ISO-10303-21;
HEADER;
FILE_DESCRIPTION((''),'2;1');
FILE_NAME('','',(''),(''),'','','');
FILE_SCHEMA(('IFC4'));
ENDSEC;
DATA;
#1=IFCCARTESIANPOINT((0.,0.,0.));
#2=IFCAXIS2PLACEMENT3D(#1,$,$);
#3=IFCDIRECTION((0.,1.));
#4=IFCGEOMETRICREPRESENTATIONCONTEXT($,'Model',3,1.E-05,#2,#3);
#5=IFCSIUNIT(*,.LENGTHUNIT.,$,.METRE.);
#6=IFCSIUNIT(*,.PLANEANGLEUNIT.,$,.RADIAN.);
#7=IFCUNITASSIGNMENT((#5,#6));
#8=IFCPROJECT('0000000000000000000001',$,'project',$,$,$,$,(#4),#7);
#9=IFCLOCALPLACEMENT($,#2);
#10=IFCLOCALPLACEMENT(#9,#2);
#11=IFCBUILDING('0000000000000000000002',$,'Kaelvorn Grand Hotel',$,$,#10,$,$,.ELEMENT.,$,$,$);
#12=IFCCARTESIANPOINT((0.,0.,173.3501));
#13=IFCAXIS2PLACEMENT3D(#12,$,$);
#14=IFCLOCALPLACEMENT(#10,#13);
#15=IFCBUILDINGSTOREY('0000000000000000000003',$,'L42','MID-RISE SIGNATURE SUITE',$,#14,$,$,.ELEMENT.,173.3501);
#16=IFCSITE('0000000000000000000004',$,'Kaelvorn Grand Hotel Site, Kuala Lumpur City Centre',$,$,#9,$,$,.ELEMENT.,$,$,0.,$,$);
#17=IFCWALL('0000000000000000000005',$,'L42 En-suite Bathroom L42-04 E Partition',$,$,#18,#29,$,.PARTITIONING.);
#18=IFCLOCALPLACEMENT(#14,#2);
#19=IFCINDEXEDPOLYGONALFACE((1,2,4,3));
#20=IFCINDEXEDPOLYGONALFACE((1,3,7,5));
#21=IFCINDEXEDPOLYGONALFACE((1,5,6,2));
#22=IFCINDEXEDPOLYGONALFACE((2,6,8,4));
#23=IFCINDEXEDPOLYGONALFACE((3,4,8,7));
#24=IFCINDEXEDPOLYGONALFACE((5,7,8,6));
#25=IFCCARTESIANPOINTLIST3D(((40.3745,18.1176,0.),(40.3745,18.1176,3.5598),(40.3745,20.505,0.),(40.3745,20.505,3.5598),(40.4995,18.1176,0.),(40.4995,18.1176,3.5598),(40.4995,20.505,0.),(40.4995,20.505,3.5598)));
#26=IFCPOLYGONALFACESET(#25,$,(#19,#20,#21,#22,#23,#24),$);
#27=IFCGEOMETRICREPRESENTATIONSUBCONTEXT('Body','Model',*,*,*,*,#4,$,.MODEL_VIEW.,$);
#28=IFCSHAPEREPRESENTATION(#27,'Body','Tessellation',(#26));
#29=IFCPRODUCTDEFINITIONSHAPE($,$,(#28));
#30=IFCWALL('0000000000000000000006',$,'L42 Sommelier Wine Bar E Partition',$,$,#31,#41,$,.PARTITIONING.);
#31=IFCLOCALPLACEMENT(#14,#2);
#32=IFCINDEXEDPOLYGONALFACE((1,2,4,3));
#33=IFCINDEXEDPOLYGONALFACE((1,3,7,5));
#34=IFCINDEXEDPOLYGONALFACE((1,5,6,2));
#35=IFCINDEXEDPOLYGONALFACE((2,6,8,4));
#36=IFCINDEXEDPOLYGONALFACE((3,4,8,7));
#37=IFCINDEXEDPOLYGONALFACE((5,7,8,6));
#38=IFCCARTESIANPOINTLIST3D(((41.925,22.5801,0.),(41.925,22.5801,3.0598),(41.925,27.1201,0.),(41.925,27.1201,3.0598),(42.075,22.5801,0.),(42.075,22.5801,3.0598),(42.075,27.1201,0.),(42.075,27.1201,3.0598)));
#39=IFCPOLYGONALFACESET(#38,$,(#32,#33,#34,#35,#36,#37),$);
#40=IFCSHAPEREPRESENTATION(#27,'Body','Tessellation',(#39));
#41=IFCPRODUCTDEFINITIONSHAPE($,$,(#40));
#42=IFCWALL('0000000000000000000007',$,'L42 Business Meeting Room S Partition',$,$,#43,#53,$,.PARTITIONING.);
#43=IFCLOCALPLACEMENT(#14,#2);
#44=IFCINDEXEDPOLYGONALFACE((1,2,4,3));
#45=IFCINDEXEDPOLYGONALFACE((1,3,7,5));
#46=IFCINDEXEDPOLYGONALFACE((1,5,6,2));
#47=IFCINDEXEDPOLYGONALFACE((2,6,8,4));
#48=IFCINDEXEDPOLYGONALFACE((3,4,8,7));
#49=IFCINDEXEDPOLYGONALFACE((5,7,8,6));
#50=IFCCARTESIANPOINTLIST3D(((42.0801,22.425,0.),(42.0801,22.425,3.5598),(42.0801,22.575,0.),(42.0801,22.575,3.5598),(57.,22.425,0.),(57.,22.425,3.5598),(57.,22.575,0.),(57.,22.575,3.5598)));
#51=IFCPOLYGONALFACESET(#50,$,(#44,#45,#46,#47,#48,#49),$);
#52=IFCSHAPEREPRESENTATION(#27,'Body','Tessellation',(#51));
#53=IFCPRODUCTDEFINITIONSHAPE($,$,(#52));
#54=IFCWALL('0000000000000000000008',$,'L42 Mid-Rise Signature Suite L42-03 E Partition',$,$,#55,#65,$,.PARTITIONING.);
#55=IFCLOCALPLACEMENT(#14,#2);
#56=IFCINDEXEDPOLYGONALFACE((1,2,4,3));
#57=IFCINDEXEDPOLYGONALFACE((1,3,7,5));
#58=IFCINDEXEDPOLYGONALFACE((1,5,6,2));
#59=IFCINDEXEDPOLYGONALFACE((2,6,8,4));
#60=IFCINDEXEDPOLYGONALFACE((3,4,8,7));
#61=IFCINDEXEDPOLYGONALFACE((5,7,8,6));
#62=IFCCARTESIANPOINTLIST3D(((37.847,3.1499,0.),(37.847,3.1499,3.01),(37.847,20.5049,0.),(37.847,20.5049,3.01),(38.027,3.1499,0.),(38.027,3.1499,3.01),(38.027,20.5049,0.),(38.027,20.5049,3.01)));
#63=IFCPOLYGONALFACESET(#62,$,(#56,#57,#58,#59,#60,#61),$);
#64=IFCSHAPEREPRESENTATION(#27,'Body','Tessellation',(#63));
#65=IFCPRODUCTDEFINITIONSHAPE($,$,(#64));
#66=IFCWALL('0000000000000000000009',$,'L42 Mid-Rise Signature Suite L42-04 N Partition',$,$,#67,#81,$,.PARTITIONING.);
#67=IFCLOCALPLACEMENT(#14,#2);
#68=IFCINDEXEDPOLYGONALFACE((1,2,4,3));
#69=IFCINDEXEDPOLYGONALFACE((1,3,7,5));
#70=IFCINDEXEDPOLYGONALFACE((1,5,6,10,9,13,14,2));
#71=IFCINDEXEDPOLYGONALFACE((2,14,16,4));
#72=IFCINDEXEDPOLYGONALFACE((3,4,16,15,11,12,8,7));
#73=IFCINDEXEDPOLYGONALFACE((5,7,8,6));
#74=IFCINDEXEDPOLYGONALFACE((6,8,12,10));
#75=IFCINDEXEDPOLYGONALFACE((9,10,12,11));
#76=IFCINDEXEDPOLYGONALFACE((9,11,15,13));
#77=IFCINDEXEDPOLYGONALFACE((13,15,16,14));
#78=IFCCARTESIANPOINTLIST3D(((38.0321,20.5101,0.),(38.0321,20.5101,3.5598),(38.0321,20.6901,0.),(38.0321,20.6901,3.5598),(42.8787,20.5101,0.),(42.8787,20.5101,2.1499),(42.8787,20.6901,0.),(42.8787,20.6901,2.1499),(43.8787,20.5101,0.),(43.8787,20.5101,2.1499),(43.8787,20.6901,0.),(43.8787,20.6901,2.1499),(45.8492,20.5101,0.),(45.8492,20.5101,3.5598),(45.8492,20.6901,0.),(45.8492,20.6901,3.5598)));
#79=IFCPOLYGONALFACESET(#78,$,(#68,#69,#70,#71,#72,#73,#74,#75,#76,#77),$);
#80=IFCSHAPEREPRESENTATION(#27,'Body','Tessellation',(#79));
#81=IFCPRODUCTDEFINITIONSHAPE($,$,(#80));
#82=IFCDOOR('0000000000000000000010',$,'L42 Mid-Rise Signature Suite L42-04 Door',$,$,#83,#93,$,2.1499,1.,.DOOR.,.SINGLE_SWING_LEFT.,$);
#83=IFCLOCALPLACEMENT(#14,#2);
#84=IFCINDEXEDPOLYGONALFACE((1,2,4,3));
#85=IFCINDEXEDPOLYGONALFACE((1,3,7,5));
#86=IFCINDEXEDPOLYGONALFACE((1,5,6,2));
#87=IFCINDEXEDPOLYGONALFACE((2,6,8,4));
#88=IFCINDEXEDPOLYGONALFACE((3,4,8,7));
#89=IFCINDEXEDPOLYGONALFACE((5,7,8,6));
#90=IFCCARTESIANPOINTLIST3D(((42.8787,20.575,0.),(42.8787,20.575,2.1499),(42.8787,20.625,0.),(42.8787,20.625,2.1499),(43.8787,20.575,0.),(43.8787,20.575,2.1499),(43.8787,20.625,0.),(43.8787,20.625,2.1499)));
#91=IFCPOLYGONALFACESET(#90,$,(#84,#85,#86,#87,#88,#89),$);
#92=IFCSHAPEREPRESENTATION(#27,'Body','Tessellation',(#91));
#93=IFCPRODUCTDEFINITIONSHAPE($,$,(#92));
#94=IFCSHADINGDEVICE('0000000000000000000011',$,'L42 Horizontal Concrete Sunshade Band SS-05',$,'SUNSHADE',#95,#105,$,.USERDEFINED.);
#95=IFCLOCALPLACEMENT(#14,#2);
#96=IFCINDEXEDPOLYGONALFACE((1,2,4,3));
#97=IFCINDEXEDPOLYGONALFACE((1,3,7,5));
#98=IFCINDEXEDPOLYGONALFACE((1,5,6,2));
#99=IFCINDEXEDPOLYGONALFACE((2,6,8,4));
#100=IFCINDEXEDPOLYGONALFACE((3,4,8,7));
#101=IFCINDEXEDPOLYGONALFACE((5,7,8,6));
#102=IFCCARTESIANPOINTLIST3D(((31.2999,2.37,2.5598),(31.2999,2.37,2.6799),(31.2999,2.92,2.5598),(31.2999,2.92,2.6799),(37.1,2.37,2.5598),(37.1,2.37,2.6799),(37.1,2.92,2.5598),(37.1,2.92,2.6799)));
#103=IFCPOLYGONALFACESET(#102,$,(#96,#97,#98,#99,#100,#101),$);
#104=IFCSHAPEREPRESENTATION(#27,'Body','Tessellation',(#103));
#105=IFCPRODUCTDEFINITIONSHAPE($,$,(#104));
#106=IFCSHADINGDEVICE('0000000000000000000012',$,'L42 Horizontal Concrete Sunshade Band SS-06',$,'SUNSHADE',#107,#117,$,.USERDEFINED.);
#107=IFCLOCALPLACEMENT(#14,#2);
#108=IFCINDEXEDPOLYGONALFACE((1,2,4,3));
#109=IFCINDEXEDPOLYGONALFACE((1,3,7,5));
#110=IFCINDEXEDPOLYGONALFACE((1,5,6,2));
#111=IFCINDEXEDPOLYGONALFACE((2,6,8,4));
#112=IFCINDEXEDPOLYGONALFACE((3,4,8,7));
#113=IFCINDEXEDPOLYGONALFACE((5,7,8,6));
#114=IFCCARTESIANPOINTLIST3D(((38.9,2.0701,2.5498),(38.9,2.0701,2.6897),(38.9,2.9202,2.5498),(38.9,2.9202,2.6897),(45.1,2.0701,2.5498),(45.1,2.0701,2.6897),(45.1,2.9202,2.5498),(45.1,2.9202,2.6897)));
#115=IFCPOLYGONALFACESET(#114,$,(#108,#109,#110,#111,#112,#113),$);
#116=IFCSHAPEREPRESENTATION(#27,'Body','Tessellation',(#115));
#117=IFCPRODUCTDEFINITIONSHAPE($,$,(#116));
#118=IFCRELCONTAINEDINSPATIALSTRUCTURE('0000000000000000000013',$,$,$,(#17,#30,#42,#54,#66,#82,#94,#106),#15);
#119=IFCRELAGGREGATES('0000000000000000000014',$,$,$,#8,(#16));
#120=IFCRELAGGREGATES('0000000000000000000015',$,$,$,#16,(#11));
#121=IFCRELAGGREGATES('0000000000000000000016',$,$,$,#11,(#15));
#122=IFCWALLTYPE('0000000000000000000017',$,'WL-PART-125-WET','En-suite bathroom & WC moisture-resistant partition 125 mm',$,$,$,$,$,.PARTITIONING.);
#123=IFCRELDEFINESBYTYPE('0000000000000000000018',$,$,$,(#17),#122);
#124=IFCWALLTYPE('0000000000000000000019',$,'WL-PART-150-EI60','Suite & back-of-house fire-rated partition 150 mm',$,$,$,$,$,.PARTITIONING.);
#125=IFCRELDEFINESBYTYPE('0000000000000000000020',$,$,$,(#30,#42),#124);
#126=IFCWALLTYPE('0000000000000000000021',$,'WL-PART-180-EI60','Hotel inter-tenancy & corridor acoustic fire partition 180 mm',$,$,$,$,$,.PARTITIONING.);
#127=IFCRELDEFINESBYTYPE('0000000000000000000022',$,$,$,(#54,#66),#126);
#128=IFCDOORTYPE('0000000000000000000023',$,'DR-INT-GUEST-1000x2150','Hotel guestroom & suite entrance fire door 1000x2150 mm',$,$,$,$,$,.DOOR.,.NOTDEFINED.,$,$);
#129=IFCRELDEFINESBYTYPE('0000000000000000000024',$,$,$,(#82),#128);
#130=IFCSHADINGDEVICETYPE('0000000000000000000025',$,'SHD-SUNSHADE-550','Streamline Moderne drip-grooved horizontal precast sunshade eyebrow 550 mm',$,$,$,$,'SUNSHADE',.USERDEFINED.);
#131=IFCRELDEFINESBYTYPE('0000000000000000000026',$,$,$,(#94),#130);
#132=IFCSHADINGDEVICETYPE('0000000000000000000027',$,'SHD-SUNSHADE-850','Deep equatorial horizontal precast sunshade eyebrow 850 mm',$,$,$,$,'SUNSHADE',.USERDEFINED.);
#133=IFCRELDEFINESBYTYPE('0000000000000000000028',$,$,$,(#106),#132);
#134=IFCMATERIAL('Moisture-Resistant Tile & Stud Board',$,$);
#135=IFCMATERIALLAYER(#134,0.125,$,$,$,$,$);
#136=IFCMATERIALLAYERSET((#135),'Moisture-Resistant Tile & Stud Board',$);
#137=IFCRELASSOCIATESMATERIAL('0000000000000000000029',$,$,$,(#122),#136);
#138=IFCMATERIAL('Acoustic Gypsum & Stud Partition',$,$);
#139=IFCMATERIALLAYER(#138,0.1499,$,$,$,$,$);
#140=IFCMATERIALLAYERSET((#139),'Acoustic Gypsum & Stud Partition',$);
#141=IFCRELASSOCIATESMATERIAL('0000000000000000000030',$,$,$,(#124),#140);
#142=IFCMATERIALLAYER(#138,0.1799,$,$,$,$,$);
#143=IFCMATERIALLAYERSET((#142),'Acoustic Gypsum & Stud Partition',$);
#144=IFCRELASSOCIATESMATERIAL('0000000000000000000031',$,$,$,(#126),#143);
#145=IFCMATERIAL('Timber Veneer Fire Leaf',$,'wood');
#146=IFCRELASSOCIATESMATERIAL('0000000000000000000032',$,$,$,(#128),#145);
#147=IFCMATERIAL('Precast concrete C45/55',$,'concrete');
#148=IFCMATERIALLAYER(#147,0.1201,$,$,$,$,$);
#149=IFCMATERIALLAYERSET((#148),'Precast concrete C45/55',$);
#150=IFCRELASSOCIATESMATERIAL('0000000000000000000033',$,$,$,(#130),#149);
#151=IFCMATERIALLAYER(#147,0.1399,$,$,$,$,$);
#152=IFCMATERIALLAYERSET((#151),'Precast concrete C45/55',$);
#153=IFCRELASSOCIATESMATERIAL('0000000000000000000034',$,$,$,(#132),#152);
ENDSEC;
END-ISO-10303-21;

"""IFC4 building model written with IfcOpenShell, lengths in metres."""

from ifc_helpers import new_model, si_unit, direction, frame, frame_2d, origin, origin_2d, place, context, subcontext, project, spatial, rectangle, extrude, material, layer, layer_set, type_object, element, fill, save


model = new_model("IFC4")

# Units and contexts
model_context = context("Model", 3, precision=1e-05, world=origin(), true_north=direction((0.0, 1.0)))
body_context = subcontext(model_context, "Body", "Model", "MODEL_VIEW")
ifc_project = project(units=[si_unit("LENGTHUNIT", "METRE"), si_unit("PLANEANGLEUNIT", "RADIAN")], contexts=[model_context])

# Site, building, storey
site_placement = place(None, origin())
site = spatial("IfcSite", under=ifc_project, at=site_placement, Name="Kaelvorn Grand Hotel Site, Kuala Lumpur City Centre", CompositionType="ELEMENT", RefElevation=0.0)
building_placement = place(site_placement, origin())
building = spatial("IfcBuilding", under=site, at=building_placement, Name="Kaelvorn Grand Hotel", CompositionType="ELEMENT")
storey_placement = place(building_placement, frame((0.0, 0.0, 173.3501)))
storey = spatial("IfcBuildingStorey", under=building, at=storey_placement, Name="L42", Description="MID-RISE SIGNATURE SUITE", CompositionType="ELEMENT", Elevation=173.3501)

# Shared definitions
ifc_material_1 = material(Name="Moisture-Resistant Tile & Stud Board")
ifc_layer_1 = layer(ifc_material_1, 0.125)
ifc_layer_set_1 = layer_set([ifc_layer_1], Name="Moisture-Resistant Tile & Stud Board")
wall_type_1 = type_object("IfcWallType", Name="WL-PART-125-WET", Description="En-suite bathroom & WC moisture-resistant partition 125 mm", PredefinedType="PARTITIONING", material=ifc_layer_set_1)

# Walls
wall_1_placement = place(storey_placement, frame((40.437, 18.1174, 0.0), z_axis=(0.0, 0.0, 1.0), x_axis=(0.0, 1.0, 0.0)))
element("IfcWall", 1, at=wall_1_placement, inside=storey, type_object=wall_type_1, Name="L42 En-suite Bathroom L42-04 E Partition", PredefinedType="PARTITIONING", context=body_context, shape_type="SweptSolid", body=[
    extrude(rectangle(XDim=2.3875, YDim=0.125, at=frame_2d((1.1938, 0.0))), origin(), (0.0, 0.0, 1.0), 3.5598),
])
ifc_material_2 = material(Name="Acoustic Gypsum & Stud Partition")
ifc_layer_2 = layer(ifc_material_2, 0.1499)
ifc_layer_set_2 = layer_set([ifc_layer_2], Name="Acoustic Gypsum & Stud Partition")
wall_type_2 = type_object("IfcWallType", Name="WL-PART-150-EI60", Description="Suite & back-of-house fire-rated partition 150 mm", PredefinedType="PARTITIONING", material=ifc_layer_set_2)
wall_2_placement = place(storey_placement, frame((42.0, 22.5801, 0.0), z_axis=(0.0, 0.0, 1.0), x_axis=(0.0, 1.0, 0.0)))
element("IfcWall", 2, at=wall_2_placement, inside=storey, type_object=wall_type_2, Name="L42 Sommelier Wine Bar E Partition", PredefinedType="PARTITIONING", context=body_context, shape_type="SweptSolid", body=[
    extrude(rectangle(XDim=4.54, YDim=0.1499, at=frame_2d((2.27, 0.0))), origin(), (0.0, 0.0, 1.0), 3.0598),
])
wall_3_placement = place(storey_placement, frame((42.0801, 22.5, 0.0), z_axis=(0.0, 0.0, 1.0), x_axis=(1.0, 0.0, 0.0)))
element("IfcWall", 3, at=wall_3_placement, inside=storey, type_object=wall_type_2, Name="L42 Business Meeting Room S Partition", PredefinedType="PARTITIONING", context=body_context, shape_type="SweptSolid", body=[
    extrude(rectangle(XDim=14.9199, YDim=0.1499, at=frame_2d((7.46, 0.0))), origin(), (0.0, 0.0, 1.0), 3.5598),
])
ifc_layer_3 = layer(ifc_material_2, 0.1799)
ifc_layer_set_3 = layer_set([ifc_layer_3], Name="Acoustic Gypsum & Stud Partition")
wall_type_3 = type_object("IfcWallType", Name="WL-PART-180-EI60", Description="Hotel inter-tenancy & corridor acoustic fire partition 180 mm", PredefinedType="PARTITIONING", material=ifc_layer_set_3)
wall_4_placement = place(storey_placement, frame((37.937, 3.1499, 0.0), z_axis=(0.0, 0.0, 1.0), x_axis=(0.0, 1.0, 0.0)))
element("IfcWall", 4, at=wall_4_placement, inside=storey, type_object=wall_type_3, Name="L42 Mid-Rise Signature Suite L42-03 E Partition", PredefinedType="PARTITIONING", context=body_context, shape_type="SweptSolid", body=[
    extrude(rectangle(XDim=17.355, YDim=0.1799, at=frame_2d((8.6775, 0.0))), origin(), (0.0, 0.0, 1.0), 3.01),
])

# Wall, opening, door
wall_5_placement = place(storey_placement, frame((38.032, 20.6001, 0.0), z_axis=(0.0, 0.0, 1.0), x_axis=(1.0, 0.0, 0.0)))
wall_5 = element("IfcWall", 5, at=wall_5_placement, inside=storey, type_object=wall_type_3, Name="L42 Mid-Rise Signature Suite L42-04 N Partition", PredefinedType="PARTITIONING", context=body_context, shape_type="SweptSolid", body=[
    extrude(rectangle(XDim=7.8171, YDim=0.1799, at=frame_2d((3.9087, 0.0))), origin(), (0.0, 0.0, 1.0), 3.5598),
])
opening_1_placement = place(wall_5_placement, frame((4.8467, 0.0, 0.0)))
opening_1 = element("IfcOpeningElement", 6, at=opening_1_placement, cuts=wall_5, PredefinedType="OPENING", context=body_context, shape_type="SweptSolid", body=[
    extrude(rectangle(XDim=1.0, YDim=2.1499, at=frame_2d((0.5, 1.075))), frame((0.0, 0.1001, 0.0), z_axis=(0.0, -1.0, 0.0), x_axis=(1.0, 0.0, 0.0)), (0.0, 0.0, 1.0), 0.2),
])
ifc_material_3 = material(Name="Timber Veneer Fire Leaf", Category="wood")
door_type_1 = type_object("IfcDoorType", Name="DR-INT-GUEST-1000x2150", Description="Hotel guestroom & suite entrance fire door 1000x2150 mm", OperationType="NOTDEFINED", PredefinedType="DOOR", material=ifc_material_3)
door_1_placement = place(opening_1_placement, origin())
door_1 = element("IfcDoor", 7, at=door_1_placement, inside=storey, type_object=door_type_1, Name="L42 Mid-Rise Signature Suite L42-04 Door", OperationType="SINGLE_SWING_LEFT", OverallHeight=2.1499, OverallWidth=1.0, PredefinedType="DOOR", context=body_context, shape_type="SweptSolid", body=[
    extrude(rectangle(XDim=1.0, YDim=2.1499, at=frame_2d((0.5, 1.075))), frame((0.0, 0.0249, 0.0), z_axis=(0.0, -1.0, 0.0), x_axis=(1.0, 0.0, 0.0)), (0.0, 0.0, 1.0), 0.05),
])
fill(opening_1, door_1)

# Shading devices
ifc_material_4 = material(Name="Precast concrete C45/55", Category="concrete")
ifc_layer_4 = layer(ifc_material_4, 0.1201)
ifc_layer_set_4 = layer_set([ifc_layer_4], Name="Precast concrete C45/55")
shading_device_type_1 = type_object("IfcShadingDeviceType", Name="SHD-SUNSHADE-550", Description="Streamline Moderne drip-grooved horizontal precast sunshade eyebrow 550 mm", ElementType="SUNSHADE", PredefinedType="USERDEFINED", material=ifc_layer_set_4)
shading_device_1_placement = place(storey_placement, frame((34.2, 2.645, 2.5598), z_axis=(0.0, 0.0, 1.0), x_axis=(1.0, 0.0, 0.0)))
element("IfcShadingDevice", 8, at=shading_device_1_placement, inside=storey, type_object=shading_device_type_1, Name="L42 Horizontal Concrete Sunshade Band SS-05", ObjectType="SUNSHADE", PredefinedType="USERDEFINED", context=body_context, shape_type="SweptSolid", body=[
    extrude(rectangle(XDim=5.8, YDim=0.55, at=origin_2d()), origin(), (0.0, 0.0, 1.0), 0.1201),
])
ifc_layer_5 = layer(ifc_material_4, 0.1399)
ifc_layer_set_5 = layer_set([ifc_layer_5], Name="Precast concrete C45/55")
shading_device_type_2 = type_object("IfcShadingDeviceType", Name="SHD-SUNSHADE-850", Description="Deep equatorial horizontal precast sunshade eyebrow 850 mm", ElementType="SUNSHADE", PredefinedType="USERDEFINED", material=ifc_layer_set_5)
shading_device_2_placement = place(storey_placement, frame((42.0, 2.4951, 2.5498), z_axis=(0.0, 0.0, 1.0), x_axis=(1.0, 0.0, 0.0)))
element("IfcShadingDevice", 9, at=shading_device_2_placement, inside=storey, type_object=shading_device_type_2, Name="L42 Horizontal Concrete Sunshade Band SS-06", ObjectType="SUNSHADE", PredefinedType="USERDEFINED", context=body_context, shape_type="SweptSolid", body=[
    extrude(rectangle(XDim=6.2, YDim=0.8501, at=origin_2d()), origin(), (0.0, 0.0, 1.0), 0.1399),
])

save(model, "model.ifc")
